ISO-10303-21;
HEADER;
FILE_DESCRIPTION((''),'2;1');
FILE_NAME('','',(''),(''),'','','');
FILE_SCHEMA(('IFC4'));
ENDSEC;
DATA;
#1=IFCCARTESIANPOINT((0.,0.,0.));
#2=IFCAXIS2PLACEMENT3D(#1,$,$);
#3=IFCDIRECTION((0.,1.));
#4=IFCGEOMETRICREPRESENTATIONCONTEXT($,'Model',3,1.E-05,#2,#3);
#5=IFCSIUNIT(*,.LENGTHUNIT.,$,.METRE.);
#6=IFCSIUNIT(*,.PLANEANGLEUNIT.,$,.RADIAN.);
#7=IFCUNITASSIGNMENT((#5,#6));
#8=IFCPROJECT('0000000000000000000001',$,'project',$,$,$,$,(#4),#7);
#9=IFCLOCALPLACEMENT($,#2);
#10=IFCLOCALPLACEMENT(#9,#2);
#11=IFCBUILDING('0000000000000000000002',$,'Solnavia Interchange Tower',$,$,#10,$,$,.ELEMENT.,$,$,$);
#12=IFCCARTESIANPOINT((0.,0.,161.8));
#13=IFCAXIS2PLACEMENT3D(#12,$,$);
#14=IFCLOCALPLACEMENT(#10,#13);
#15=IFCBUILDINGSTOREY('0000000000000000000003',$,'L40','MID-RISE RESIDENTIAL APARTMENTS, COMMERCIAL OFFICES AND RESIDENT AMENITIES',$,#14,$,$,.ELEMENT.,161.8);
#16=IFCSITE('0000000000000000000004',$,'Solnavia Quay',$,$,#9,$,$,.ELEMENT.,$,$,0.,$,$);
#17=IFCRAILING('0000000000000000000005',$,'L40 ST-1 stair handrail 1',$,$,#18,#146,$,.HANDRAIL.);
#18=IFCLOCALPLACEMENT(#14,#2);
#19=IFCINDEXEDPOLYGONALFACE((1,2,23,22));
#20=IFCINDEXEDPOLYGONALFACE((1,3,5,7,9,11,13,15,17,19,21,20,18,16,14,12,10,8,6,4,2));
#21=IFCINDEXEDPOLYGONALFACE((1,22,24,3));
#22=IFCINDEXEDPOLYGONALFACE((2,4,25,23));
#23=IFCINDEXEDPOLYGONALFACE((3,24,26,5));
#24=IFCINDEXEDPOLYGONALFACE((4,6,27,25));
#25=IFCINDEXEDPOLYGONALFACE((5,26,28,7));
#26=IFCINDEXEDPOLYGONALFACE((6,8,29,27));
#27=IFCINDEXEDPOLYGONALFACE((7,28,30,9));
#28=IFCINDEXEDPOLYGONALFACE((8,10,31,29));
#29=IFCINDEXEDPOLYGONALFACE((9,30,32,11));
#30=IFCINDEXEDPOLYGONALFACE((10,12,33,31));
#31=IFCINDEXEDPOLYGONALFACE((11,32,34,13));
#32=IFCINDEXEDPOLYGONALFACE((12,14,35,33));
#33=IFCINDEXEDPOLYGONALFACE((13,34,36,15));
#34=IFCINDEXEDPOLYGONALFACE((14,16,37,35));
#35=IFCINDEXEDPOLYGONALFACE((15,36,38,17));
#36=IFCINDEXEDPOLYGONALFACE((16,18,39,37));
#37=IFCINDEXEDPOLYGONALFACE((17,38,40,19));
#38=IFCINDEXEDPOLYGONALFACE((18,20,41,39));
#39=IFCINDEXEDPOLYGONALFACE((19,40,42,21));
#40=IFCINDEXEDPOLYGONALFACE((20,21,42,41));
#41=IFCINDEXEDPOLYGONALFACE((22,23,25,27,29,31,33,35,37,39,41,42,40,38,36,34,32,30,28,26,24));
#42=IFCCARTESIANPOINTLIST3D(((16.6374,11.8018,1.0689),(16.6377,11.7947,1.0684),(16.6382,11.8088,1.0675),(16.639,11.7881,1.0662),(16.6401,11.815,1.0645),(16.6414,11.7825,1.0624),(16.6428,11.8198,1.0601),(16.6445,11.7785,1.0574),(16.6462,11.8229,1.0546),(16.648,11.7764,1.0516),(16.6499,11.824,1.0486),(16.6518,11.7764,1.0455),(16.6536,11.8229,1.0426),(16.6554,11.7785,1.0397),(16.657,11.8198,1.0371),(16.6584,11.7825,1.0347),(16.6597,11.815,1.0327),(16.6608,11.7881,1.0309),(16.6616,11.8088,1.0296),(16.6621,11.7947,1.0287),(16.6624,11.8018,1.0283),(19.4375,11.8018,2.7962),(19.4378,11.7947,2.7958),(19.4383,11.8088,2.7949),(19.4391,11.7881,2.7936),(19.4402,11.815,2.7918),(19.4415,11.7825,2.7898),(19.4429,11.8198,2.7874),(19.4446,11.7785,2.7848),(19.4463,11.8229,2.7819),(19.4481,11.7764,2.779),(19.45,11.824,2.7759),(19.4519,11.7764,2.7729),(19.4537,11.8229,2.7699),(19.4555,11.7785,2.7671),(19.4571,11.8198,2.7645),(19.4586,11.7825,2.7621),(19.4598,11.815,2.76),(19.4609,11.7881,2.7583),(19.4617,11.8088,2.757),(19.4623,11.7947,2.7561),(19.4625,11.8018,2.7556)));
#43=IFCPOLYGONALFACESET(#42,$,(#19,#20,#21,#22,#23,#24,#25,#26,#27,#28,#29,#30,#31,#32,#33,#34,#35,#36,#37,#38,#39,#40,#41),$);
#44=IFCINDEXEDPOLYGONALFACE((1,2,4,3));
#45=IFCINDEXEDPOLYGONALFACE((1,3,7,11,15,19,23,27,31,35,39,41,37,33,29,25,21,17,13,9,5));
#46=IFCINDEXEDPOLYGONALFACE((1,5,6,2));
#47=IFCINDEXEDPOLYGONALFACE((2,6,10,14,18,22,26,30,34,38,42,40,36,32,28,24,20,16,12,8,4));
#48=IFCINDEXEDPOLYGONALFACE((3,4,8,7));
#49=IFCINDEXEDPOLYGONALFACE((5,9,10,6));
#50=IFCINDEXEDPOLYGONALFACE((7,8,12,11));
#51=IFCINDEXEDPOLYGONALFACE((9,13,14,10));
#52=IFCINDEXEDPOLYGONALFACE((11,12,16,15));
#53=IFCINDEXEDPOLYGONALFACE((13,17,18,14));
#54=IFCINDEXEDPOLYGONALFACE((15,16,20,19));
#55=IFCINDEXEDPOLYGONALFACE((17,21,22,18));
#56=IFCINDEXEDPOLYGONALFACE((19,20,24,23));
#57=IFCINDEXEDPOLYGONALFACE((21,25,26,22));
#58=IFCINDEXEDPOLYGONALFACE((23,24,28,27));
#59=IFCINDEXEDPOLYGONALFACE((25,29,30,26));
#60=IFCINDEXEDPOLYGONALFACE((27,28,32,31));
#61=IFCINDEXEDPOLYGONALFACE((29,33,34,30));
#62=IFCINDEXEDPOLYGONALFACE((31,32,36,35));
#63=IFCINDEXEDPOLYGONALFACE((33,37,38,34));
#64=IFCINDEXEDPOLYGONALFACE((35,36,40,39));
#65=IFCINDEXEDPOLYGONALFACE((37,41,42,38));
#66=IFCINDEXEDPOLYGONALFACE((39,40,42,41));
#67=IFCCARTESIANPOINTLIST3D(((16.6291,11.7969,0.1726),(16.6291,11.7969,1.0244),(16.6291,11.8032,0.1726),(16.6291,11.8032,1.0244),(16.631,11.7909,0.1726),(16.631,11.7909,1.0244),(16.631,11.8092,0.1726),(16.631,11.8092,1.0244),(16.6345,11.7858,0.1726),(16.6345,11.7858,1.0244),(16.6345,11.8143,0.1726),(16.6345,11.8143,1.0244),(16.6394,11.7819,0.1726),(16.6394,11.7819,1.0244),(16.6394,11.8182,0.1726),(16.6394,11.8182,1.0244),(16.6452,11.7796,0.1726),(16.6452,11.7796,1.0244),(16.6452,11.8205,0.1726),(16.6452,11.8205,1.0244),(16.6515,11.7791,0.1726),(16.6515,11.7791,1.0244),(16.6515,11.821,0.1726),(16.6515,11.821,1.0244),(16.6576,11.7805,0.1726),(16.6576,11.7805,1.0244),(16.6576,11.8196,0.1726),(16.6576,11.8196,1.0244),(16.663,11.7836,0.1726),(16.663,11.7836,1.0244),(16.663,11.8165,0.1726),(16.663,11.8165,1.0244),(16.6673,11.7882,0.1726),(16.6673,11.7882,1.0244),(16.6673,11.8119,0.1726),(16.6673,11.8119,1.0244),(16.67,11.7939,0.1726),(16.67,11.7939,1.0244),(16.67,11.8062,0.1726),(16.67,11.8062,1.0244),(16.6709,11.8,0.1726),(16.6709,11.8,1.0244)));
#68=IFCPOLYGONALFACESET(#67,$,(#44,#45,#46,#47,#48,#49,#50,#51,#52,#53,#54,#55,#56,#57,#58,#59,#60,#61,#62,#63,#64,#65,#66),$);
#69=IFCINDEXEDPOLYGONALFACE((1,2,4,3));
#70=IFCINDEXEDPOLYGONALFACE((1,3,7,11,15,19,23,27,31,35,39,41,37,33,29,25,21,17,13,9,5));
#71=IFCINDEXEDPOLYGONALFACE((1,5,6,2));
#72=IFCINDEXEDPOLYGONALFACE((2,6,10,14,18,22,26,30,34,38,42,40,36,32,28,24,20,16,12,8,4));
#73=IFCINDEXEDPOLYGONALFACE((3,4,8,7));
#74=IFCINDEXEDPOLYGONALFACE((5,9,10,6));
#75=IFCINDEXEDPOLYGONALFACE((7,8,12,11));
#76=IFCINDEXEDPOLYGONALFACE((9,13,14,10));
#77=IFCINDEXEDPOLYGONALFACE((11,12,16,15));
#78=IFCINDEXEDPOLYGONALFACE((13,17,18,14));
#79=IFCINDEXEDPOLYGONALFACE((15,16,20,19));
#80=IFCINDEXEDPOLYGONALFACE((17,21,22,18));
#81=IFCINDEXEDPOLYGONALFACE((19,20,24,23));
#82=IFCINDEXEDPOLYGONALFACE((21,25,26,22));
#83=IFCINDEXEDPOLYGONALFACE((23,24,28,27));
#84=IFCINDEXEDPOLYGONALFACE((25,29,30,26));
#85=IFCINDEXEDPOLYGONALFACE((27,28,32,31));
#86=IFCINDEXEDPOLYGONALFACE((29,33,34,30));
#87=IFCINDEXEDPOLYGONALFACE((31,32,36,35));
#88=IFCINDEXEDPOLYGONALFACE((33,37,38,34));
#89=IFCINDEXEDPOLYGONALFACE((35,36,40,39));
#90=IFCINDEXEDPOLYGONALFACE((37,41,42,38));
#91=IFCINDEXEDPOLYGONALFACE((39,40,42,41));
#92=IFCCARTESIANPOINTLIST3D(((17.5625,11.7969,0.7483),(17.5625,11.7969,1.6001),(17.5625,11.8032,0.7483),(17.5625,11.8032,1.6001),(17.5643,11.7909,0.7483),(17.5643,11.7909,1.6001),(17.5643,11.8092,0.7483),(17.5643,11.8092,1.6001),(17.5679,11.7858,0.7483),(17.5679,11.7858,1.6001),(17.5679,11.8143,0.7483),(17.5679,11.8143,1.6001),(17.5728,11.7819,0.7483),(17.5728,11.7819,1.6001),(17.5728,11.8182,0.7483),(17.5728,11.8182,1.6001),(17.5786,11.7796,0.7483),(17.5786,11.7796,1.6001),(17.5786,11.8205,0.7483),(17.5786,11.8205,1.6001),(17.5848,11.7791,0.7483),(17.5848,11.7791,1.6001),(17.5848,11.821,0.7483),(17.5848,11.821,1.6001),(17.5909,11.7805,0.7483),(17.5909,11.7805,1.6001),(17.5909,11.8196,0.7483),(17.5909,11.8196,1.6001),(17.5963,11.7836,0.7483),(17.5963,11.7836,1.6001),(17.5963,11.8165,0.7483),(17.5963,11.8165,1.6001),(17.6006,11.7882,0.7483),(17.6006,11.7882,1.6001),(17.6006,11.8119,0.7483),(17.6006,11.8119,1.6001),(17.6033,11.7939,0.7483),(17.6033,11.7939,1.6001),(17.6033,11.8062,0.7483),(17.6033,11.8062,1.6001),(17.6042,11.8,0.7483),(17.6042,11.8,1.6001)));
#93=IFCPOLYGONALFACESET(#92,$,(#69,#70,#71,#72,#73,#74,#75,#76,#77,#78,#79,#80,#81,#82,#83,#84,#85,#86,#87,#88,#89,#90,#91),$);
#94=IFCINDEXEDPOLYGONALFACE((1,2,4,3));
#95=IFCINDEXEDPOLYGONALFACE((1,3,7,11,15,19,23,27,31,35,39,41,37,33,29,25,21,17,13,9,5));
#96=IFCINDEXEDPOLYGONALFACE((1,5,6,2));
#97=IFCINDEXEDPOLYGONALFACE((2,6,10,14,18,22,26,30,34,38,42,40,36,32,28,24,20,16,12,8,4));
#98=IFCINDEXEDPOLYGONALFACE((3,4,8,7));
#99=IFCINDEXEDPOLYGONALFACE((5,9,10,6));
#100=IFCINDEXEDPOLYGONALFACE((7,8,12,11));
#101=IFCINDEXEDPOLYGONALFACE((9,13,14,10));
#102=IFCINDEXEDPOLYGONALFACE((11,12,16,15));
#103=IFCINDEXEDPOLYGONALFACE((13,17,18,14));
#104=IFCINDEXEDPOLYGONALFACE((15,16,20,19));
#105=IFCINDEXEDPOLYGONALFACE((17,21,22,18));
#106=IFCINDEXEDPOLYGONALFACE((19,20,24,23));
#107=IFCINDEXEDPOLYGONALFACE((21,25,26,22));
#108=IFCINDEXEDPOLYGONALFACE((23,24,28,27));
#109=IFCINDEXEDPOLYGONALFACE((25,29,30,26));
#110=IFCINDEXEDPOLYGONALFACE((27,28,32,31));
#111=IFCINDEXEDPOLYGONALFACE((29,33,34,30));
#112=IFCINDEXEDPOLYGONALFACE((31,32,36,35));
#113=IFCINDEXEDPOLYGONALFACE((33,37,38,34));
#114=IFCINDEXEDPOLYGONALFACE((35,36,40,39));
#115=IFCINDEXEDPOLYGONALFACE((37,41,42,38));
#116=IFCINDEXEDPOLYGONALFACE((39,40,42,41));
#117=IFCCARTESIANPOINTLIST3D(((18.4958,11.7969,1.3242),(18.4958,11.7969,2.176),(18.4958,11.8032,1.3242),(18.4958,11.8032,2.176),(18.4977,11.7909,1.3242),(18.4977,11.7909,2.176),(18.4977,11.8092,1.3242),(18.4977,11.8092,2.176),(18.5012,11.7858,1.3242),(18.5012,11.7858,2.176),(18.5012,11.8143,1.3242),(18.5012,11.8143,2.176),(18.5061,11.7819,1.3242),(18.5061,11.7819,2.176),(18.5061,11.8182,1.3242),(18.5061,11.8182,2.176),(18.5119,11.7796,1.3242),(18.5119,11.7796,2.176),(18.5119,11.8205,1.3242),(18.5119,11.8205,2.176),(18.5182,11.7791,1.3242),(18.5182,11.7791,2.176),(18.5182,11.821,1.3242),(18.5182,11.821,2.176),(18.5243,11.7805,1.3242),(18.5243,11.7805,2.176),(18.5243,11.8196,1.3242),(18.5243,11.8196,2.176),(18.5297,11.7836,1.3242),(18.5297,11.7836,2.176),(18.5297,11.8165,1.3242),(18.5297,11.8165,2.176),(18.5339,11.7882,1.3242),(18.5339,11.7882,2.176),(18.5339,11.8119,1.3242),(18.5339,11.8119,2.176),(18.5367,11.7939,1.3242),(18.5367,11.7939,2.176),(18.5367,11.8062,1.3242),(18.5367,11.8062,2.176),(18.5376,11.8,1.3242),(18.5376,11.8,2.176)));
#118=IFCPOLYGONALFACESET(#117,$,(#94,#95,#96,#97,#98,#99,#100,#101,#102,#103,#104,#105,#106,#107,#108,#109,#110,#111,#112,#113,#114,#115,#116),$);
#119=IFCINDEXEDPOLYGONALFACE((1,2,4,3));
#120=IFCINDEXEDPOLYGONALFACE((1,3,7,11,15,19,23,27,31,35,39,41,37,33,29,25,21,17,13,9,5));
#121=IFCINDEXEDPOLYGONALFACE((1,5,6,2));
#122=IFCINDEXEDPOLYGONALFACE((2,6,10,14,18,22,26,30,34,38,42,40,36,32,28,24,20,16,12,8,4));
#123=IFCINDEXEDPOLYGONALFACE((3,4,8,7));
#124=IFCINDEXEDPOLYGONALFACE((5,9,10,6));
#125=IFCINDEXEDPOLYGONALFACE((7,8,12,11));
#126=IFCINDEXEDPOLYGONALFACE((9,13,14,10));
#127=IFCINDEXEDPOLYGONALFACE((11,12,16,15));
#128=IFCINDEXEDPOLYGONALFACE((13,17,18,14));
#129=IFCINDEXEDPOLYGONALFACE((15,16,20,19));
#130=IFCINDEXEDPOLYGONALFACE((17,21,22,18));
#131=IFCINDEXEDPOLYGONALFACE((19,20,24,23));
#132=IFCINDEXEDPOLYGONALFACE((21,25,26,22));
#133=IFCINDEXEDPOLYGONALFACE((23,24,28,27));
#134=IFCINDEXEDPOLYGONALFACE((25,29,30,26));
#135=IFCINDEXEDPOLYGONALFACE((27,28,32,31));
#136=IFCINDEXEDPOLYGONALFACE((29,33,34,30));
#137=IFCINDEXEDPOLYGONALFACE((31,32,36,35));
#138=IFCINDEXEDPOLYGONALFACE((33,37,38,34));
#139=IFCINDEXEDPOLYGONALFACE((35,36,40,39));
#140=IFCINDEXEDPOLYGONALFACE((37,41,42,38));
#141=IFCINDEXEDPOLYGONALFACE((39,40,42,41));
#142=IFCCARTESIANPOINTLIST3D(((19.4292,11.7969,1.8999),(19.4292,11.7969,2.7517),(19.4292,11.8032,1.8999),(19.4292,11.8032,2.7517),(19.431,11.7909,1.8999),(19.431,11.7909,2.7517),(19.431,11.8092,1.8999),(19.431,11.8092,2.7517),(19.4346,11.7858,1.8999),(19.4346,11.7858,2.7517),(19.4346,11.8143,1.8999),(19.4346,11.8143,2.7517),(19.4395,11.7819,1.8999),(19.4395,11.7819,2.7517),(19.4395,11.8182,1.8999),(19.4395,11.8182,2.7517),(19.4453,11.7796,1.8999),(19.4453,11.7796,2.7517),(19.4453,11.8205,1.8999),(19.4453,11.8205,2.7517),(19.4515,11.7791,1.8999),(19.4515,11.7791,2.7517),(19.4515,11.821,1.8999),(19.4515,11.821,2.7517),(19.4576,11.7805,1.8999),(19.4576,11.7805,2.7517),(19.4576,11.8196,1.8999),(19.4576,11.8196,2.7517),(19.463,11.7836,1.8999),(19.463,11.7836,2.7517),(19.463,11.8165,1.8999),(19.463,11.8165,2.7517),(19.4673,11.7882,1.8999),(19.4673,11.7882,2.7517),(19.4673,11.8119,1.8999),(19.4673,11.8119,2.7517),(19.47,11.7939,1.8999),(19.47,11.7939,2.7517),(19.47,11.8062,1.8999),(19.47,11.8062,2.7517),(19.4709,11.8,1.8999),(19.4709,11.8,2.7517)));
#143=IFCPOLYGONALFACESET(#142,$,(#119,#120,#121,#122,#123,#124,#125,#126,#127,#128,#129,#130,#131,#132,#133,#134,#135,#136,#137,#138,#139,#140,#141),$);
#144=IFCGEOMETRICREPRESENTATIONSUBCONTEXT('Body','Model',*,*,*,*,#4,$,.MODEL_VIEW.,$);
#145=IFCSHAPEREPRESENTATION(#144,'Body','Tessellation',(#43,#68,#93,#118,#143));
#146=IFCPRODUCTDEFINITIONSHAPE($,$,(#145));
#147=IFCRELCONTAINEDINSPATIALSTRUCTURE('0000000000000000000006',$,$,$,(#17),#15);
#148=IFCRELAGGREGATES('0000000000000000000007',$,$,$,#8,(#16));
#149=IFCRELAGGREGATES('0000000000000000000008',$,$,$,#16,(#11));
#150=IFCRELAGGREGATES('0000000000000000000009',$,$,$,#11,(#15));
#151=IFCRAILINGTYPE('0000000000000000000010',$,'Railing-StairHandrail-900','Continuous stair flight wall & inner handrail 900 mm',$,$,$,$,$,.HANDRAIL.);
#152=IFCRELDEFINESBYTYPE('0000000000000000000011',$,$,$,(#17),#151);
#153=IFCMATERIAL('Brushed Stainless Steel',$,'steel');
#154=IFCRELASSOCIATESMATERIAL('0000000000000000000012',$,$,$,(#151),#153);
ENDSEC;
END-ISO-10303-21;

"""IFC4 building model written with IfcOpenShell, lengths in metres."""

from ifc_helpers import new_model, si_unit, direction, frame, origin, origin_2d, place, context, subcontext, project, spatial, circle, extrude, material, type_object, element, save


model = new_model("IFC4")

# Units and contexts
model_context = context("Model", 3, precision=1e-05, world=origin(), true_north=direction((0.0, 1.0)))
body_context = subcontext(model_context, "Body", "Model", "MODEL_VIEW")
ifc_project = project(units=[si_unit("LENGTHUNIT", "METRE"), si_unit("PLANEANGLEUNIT", "RADIAN")], contexts=[model_context])

# Site, building, storey
site_placement = place(None, origin())
site = spatial("IfcSite", under=ifc_project, at=site_placement, Name="Solnavia Quay", CompositionType="ELEMENT", RefElevation=0.0)
building_placement = place(site_placement, origin())
building = spatial("IfcBuilding", under=site, at=building_placement, Name="Solnavia Interchange Tower", CompositionType="ELEMENT")
storey_placement = place(building_placement, frame((0.0, 0.0, 161.8)))
storey = spatial("IfcBuildingStorey", under=building, at=storey_placement, Name="L40", Description="MID-RISE RESIDENTIAL APARTMENTS, COMMERCIAL OFFICES AND RESIDENT AMENITIES", CompositionType="ELEMENT", Elevation=161.8)

# Railing
ifc_material_1 = material(Name="Brushed Stainless Steel", Category="steel")
railing_type_1 = type_object("IfcRailingType", Name="Railing-StairHandrail-900", Description="Continuous stair flight wall & inner handrail 900 mm", PredefinedType="HANDRAIL", material=ifc_material_1)
railing_1_placement = place(storey_placement, frame((16.6499, 11.8, 0.1726)))
element("IfcRailing", 1, at=railing_1_placement, inside=storey, type_object=railing_type_1, Name="L40 ST-1 stair handrail 1", PredefinedType="HANDRAIL", context=body_context, shape_type="SweptSolid", body=[
    extrude(circle(Radius=0.0239, at=origin_2d()), frame((0.0, 0.0, 0.876), z_axis=(0.85109, 0.0, 0.52502), x_axis=(0.0, 1.0, 0.0)), (0.0, 0.0, 1.0), 3.29),
    extrude(circle(Radius=0.021, at=origin_2d()), origin(), (0.0, 0.0, 1.0), 0.8518),
    extrude(circle(Radius=0.021, at=origin_2d()), frame((0.9333, 0.0, 0.5757)), (0.0, 0.0, 1.0), 0.8518),
    extrude(circle(Radius=0.021, at=origin_2d()), frame((1.8667, 0.0, 1.1516)), (0.0, 0.0, 1.0), 0.8518),
    extrude(circle(Radius=0.021, at=origin_2d()), frame((2.8, 0.0, 1.7273)), (0.0, 0.0, 1.0), 0.8518),
])

save(model, "model.ifc")
